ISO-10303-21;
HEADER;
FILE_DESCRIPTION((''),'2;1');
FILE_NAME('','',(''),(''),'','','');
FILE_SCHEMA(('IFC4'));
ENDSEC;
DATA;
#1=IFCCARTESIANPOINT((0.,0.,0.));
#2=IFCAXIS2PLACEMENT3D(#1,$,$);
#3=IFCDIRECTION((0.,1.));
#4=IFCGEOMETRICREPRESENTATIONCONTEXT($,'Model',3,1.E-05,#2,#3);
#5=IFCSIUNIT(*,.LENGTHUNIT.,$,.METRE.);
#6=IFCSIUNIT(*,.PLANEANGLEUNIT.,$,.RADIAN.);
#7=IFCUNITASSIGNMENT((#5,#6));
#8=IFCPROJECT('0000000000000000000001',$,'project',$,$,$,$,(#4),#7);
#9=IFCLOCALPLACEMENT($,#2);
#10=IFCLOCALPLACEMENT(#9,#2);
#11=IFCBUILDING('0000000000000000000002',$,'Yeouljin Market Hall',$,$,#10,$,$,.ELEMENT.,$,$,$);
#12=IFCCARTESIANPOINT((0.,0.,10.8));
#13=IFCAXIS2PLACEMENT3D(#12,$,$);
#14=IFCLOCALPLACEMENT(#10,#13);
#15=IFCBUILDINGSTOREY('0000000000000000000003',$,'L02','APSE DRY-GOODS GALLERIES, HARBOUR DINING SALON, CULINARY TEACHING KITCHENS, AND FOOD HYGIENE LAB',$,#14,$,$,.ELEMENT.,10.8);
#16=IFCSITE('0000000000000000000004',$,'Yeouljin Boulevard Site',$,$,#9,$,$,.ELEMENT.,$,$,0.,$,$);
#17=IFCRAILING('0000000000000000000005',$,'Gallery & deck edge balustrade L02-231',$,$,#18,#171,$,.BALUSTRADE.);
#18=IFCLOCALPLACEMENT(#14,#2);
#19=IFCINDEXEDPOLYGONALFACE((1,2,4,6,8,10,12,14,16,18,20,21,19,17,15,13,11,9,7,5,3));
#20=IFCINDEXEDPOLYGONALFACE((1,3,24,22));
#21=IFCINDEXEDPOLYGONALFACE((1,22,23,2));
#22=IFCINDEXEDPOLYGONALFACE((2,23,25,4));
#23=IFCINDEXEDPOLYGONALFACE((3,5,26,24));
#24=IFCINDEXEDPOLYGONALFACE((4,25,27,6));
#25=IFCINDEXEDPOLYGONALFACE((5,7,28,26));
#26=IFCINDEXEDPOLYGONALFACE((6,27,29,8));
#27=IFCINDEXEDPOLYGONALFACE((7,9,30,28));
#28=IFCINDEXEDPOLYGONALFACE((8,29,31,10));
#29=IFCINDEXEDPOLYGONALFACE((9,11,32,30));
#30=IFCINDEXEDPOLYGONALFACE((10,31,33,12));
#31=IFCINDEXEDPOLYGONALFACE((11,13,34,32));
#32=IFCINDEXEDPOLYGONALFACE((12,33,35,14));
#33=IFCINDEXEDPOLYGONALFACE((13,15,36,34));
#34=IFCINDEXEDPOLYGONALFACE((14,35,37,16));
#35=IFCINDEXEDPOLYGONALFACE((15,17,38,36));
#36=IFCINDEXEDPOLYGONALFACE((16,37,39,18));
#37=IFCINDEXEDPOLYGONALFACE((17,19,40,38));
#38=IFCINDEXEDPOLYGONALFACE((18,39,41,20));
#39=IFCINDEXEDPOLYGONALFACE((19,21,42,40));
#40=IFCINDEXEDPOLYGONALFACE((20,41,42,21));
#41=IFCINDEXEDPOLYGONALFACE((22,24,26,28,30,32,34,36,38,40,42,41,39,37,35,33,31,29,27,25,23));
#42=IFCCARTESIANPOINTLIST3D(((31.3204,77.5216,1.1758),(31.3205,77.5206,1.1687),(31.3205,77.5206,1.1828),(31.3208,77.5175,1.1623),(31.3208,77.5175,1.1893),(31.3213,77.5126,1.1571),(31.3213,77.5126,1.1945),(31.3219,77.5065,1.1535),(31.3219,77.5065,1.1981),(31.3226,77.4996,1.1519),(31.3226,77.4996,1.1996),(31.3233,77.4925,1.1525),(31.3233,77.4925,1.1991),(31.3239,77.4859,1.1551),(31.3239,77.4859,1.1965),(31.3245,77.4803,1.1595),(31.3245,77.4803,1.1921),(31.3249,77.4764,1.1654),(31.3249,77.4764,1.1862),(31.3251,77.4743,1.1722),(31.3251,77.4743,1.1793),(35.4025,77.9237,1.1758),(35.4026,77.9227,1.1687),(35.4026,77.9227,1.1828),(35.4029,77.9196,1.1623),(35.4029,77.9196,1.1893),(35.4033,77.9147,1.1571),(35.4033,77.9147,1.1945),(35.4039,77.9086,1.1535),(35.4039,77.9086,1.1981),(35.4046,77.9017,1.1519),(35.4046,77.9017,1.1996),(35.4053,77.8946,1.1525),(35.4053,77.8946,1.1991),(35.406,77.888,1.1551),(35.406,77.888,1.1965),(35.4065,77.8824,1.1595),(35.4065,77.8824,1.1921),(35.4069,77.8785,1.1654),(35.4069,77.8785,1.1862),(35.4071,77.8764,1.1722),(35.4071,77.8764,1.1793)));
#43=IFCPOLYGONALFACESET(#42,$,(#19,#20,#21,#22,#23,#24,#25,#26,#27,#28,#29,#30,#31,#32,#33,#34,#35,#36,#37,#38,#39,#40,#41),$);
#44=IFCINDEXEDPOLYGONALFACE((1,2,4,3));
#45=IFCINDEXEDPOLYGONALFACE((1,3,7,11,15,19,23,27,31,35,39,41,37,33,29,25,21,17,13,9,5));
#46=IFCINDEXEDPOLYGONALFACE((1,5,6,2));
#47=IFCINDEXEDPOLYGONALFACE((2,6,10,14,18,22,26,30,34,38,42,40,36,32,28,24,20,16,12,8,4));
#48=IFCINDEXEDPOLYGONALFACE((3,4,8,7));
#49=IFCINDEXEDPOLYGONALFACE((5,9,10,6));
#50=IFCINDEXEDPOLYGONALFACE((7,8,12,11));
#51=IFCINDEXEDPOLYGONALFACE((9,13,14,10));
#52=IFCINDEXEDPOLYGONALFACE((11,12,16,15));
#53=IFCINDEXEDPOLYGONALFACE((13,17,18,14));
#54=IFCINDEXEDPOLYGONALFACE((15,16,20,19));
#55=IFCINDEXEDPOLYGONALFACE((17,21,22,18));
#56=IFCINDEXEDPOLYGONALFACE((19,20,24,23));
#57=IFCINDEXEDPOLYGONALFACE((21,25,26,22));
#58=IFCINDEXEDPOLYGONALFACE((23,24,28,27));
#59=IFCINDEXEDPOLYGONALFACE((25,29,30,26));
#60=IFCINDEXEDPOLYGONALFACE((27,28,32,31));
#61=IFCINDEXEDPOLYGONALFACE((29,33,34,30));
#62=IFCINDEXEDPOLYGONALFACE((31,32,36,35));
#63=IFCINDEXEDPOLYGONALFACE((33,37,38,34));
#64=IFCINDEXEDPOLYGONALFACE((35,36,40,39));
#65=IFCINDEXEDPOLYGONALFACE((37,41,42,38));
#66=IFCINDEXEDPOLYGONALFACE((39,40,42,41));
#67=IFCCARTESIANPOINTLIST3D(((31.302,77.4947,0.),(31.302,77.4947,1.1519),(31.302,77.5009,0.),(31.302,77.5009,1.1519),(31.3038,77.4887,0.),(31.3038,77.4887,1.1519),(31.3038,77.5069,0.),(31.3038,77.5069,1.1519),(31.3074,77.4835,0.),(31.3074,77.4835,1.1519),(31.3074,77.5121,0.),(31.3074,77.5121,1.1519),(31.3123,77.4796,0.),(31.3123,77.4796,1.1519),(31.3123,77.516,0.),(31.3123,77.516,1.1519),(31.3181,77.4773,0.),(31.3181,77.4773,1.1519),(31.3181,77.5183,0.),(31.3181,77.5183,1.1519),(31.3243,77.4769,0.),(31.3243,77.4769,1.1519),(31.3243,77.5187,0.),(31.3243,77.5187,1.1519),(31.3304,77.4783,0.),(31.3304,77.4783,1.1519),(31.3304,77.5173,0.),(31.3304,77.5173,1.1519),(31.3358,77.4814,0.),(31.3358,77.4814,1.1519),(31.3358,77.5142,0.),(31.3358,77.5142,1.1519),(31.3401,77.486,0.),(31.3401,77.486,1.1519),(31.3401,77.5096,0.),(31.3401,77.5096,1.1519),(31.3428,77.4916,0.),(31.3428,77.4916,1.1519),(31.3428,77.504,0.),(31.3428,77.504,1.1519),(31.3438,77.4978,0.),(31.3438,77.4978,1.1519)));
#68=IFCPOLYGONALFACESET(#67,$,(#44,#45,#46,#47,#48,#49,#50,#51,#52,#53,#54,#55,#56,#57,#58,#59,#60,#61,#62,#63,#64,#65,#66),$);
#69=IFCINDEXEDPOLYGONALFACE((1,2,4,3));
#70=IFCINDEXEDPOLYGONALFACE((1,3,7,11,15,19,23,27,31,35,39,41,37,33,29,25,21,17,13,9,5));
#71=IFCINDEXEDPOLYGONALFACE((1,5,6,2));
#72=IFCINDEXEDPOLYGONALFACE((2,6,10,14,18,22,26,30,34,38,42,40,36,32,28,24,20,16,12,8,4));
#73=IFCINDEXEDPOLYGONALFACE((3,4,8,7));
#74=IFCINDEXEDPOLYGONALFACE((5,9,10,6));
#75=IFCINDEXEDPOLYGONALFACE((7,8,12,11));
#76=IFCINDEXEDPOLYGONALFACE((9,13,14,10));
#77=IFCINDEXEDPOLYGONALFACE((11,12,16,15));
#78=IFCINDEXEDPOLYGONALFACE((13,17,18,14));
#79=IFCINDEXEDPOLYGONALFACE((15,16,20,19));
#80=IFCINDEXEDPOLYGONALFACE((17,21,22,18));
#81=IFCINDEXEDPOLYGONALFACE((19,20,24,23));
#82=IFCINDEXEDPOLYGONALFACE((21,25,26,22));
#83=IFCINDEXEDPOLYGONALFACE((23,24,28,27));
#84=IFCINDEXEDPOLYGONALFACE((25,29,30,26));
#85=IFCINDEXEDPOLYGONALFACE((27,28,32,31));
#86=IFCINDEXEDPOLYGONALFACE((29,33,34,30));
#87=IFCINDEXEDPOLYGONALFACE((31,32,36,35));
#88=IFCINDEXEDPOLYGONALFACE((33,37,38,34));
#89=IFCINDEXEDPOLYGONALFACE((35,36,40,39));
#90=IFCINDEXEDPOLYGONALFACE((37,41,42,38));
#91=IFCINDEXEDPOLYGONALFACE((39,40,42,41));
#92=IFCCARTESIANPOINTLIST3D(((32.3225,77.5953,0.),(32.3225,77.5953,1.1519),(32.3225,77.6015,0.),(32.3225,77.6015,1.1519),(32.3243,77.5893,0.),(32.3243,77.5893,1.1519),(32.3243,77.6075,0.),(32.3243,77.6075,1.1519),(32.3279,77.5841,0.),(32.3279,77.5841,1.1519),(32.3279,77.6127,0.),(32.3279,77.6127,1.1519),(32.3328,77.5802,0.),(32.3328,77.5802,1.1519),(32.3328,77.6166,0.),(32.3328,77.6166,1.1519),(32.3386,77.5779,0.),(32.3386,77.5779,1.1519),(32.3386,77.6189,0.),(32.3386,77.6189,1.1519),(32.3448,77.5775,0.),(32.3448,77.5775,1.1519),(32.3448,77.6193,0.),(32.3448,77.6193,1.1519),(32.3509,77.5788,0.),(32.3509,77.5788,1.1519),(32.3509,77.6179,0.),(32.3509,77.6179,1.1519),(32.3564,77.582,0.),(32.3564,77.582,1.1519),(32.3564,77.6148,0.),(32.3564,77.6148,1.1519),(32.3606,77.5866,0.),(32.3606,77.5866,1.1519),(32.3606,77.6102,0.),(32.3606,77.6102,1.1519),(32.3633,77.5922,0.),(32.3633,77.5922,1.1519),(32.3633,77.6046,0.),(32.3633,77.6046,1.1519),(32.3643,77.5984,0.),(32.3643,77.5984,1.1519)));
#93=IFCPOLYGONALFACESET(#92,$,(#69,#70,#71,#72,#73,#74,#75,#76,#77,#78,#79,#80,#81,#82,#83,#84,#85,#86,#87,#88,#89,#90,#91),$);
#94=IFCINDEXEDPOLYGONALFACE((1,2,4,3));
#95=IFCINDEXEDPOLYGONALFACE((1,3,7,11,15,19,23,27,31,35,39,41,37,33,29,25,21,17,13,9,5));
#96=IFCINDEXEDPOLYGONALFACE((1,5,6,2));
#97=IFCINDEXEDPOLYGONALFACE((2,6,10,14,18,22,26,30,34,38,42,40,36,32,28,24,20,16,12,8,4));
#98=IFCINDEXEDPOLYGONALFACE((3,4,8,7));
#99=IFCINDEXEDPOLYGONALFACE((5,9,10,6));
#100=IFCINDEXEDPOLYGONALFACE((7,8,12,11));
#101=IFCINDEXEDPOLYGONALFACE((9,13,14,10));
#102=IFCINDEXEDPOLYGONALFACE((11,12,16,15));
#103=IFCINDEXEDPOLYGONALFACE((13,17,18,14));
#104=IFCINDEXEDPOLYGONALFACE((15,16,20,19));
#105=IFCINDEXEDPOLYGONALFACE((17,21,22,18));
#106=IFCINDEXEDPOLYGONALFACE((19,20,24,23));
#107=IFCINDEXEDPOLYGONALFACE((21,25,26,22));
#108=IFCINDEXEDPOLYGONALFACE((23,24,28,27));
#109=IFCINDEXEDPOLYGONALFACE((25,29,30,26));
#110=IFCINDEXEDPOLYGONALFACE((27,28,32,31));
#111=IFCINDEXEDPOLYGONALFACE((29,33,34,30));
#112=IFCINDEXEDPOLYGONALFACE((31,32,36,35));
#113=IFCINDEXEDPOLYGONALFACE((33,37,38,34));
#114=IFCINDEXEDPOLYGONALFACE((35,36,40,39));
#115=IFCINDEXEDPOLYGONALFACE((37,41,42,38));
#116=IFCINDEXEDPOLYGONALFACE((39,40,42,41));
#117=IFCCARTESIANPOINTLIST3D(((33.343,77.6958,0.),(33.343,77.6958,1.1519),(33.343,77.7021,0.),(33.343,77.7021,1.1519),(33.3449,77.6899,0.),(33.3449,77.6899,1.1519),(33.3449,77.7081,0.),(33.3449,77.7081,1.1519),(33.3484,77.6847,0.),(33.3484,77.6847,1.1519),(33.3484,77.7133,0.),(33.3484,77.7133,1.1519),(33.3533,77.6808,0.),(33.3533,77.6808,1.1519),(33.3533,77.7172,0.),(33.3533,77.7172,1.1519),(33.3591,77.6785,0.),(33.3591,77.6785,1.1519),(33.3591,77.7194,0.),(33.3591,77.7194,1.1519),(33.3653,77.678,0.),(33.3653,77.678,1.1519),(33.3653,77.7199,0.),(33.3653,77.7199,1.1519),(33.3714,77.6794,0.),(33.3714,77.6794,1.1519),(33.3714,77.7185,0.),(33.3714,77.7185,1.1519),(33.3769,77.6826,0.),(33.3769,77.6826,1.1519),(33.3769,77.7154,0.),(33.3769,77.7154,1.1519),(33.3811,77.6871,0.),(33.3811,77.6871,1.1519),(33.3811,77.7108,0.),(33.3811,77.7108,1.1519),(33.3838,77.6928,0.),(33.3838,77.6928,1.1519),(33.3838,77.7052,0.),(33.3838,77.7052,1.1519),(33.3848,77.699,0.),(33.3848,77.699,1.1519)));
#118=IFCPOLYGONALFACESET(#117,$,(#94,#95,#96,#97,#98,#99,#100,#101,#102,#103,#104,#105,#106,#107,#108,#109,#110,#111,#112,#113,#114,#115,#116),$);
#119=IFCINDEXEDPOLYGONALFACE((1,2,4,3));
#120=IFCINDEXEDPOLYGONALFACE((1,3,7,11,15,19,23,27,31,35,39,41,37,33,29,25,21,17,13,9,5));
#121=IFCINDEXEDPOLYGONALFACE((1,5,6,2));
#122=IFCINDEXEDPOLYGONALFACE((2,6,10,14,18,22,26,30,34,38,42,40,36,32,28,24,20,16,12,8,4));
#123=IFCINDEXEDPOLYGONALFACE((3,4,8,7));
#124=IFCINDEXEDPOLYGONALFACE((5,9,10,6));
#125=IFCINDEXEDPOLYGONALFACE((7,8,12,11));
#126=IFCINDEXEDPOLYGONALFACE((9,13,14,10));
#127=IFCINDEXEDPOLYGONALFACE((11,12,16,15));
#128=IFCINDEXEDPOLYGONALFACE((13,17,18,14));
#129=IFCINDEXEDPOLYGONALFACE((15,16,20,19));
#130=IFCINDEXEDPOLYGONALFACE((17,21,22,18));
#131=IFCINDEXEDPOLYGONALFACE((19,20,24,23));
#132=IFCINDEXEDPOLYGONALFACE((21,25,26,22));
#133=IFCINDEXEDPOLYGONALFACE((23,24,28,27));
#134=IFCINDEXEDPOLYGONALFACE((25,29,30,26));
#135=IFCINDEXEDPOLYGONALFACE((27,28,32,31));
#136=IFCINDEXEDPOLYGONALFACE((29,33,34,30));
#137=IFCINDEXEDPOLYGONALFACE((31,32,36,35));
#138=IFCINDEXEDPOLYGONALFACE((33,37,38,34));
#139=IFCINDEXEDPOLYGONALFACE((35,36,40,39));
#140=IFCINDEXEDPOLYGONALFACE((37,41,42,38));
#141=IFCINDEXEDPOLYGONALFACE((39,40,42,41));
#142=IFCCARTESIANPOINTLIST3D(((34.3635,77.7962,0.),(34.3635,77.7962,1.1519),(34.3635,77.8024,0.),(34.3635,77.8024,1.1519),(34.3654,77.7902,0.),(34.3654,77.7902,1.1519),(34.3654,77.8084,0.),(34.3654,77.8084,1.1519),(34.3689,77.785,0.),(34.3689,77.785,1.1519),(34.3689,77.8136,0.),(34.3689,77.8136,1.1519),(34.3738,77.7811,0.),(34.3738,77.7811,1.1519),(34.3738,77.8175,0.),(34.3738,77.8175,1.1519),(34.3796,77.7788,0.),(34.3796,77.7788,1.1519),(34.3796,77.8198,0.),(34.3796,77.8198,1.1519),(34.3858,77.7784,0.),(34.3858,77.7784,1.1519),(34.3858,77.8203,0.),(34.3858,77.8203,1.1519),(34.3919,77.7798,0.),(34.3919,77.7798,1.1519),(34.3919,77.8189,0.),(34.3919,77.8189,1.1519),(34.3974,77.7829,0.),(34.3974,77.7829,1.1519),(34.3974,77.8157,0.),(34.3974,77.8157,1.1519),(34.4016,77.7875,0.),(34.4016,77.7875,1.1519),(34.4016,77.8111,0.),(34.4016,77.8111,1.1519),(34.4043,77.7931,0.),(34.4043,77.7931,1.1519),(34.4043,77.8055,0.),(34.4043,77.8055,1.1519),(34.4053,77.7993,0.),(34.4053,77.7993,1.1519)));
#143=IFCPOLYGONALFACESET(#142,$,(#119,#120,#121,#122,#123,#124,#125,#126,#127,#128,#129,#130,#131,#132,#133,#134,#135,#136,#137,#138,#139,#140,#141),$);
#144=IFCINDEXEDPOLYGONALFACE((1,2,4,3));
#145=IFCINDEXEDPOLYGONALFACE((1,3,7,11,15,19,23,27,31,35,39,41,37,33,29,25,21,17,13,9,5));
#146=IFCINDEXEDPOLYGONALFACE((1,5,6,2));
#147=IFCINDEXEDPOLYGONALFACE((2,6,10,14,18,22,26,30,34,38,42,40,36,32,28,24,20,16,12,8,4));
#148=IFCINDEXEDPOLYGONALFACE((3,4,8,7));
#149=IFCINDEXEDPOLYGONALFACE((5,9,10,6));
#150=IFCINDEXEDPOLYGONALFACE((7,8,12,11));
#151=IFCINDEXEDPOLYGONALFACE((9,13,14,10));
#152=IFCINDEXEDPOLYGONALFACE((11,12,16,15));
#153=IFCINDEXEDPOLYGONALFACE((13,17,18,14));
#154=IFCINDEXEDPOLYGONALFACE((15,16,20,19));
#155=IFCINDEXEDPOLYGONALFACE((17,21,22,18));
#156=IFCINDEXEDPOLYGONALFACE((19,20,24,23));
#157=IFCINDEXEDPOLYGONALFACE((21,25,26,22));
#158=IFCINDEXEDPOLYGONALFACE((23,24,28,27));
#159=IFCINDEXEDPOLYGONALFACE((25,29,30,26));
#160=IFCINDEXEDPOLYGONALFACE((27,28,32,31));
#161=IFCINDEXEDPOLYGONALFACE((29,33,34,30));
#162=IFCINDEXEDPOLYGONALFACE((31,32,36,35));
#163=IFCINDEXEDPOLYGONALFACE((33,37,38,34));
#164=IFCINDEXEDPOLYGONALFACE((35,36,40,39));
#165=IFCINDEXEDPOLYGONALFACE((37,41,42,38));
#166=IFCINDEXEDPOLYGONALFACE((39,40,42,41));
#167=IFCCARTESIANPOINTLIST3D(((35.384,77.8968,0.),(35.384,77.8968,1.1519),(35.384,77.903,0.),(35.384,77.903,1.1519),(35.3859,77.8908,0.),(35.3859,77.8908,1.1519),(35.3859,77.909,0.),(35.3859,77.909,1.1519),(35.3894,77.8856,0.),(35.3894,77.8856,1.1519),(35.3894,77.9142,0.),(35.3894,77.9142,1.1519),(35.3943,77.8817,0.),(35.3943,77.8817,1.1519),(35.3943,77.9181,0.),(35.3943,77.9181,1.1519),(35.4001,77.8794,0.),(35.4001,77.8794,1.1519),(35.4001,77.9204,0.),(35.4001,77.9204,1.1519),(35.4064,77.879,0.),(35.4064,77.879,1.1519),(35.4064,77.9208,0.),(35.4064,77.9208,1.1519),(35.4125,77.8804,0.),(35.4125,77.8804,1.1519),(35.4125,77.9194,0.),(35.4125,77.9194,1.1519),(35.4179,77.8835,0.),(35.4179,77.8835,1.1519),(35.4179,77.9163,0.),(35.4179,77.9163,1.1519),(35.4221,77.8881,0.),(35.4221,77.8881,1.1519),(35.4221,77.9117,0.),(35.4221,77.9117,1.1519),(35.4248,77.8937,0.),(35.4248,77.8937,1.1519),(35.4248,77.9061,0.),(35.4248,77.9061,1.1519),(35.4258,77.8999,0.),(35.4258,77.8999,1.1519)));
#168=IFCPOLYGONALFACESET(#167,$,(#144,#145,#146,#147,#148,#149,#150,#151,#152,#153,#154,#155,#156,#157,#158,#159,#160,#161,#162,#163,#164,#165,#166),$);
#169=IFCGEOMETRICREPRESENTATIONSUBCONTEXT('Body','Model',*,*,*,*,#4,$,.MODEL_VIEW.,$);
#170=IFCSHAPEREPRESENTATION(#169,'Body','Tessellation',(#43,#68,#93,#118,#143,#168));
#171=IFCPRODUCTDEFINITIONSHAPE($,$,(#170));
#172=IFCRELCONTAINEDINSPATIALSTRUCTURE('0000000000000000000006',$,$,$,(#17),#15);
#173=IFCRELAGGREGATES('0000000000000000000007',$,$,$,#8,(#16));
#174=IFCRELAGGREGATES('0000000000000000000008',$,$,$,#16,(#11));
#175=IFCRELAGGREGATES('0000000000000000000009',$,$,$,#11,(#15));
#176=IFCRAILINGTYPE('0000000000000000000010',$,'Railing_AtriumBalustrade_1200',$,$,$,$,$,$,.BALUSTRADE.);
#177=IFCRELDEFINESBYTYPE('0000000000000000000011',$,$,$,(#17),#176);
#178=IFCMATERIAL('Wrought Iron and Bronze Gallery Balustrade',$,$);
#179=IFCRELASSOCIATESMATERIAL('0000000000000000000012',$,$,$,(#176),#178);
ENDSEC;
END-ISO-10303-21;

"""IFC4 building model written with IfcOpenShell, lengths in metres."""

from ifc_helpers import new_model, si_unit, direction, frame, origin, origin_2d, place, context, subcontext, project, spatial, circle, extrude, material, type_object, element, save


model = new_model("IFC4")

# Units and contexts
model_context = context("Model", 3, precision=1e-05, world=origin(), true_north=direction((0.0, 1.0)))
body_context = subcontext(model_context, "Body", "Model", "MODEL_VIEW")
ifc_project = project(units=[si_unit("LENGTHUNIT", "METRE"), si_unit("PLANEANGLEUNIT", "RADIAN")], contexts=[model_context])

# Site, building, storey
site_placement = place(None, origin())
site = spatial("IfcSite", under=ifc_project, at=site_placement, Name="Yeouljin Boulevard Site", CompositionType="ELEMENT", RefElevation=0.0)
building_placement = place(site_placement, origin())
building = spatial("IfcBuilding", under=site, at=building_placement, Name="Yeouljin Market Hall", CompositionType="ELEMENT")
storey_placement = place(building_placement, frame((0.0, 0.0, 10.8)))
storey = spatial("IfcBuildingStorey", under=building, at=storey_placement, Name="L02", Description="APSE DRY-GOODS GALLERIES, HARBOUR DINING SALON, CULINARY TEACHING KITCHENS, AND FOOD HYGIENE LAB", CompositionType="ELEMENT", Elevation=10.8)

# Railing
ifc_material_1 = material(Name="Wrought Iron and Bronze Gallery Balustrade")
railing_type = type_object("IfcRailingType", Name="Railing_AtriumBalustrade_1200", PredefinedType="BALUSTRADE", material=ifc_material_1)
railing_1_placement = place(storey_placement, frame((31.3228, 77.4978, 0.0)))
element("IfcRailing", 1, at=railing_1_placement, inside=storey, type_object=railing_type, Name="Gallery & deck edge balustrade L02-231", PredefinedType="BALUSTRADE", context=body_context, shape_type="SweptSolid", body=[
    extrude(circle(Radius=0.0239, at=origin_2d()), frame((0.0, 0.0, 1.1758), z_axis=(0.995183, 0.09803, 0.0), x_axis=(-0.09803, 0.995183, 0.0)), (0.0, 0.0, 1.0), 4.1018),
    extrude(circle(Radius=0.021, at=origin_2d()), origin(), (0.0, 0.0, 1.0), 1.1519),
    extrude(circle(Radius=0.021, at=origin_2d()), frame((1.0205, 0.1006, 0.0)), (0.0, 0.0, 1.0), 1.1519),
    extrude(circle(Radius=0.021, at=origin_2d()), frame((2.041, 0.2012, 0.0)), (0.0, 0.0, 1.0), 1.1519),
    extrude(circle(Radius=0.021, at=origin_2d()), frame((3.0615, 0.3015, 0.0)), (0.0, 0.0, 1.0), 1.1519),
    extrude(circle(Radius=0.021, at=origin_2d()), frame((4.082, 0.4021, 0.0)), (0.0, 0.0, 1.0), 1.1519),
])

save(model, "model.ifc")
